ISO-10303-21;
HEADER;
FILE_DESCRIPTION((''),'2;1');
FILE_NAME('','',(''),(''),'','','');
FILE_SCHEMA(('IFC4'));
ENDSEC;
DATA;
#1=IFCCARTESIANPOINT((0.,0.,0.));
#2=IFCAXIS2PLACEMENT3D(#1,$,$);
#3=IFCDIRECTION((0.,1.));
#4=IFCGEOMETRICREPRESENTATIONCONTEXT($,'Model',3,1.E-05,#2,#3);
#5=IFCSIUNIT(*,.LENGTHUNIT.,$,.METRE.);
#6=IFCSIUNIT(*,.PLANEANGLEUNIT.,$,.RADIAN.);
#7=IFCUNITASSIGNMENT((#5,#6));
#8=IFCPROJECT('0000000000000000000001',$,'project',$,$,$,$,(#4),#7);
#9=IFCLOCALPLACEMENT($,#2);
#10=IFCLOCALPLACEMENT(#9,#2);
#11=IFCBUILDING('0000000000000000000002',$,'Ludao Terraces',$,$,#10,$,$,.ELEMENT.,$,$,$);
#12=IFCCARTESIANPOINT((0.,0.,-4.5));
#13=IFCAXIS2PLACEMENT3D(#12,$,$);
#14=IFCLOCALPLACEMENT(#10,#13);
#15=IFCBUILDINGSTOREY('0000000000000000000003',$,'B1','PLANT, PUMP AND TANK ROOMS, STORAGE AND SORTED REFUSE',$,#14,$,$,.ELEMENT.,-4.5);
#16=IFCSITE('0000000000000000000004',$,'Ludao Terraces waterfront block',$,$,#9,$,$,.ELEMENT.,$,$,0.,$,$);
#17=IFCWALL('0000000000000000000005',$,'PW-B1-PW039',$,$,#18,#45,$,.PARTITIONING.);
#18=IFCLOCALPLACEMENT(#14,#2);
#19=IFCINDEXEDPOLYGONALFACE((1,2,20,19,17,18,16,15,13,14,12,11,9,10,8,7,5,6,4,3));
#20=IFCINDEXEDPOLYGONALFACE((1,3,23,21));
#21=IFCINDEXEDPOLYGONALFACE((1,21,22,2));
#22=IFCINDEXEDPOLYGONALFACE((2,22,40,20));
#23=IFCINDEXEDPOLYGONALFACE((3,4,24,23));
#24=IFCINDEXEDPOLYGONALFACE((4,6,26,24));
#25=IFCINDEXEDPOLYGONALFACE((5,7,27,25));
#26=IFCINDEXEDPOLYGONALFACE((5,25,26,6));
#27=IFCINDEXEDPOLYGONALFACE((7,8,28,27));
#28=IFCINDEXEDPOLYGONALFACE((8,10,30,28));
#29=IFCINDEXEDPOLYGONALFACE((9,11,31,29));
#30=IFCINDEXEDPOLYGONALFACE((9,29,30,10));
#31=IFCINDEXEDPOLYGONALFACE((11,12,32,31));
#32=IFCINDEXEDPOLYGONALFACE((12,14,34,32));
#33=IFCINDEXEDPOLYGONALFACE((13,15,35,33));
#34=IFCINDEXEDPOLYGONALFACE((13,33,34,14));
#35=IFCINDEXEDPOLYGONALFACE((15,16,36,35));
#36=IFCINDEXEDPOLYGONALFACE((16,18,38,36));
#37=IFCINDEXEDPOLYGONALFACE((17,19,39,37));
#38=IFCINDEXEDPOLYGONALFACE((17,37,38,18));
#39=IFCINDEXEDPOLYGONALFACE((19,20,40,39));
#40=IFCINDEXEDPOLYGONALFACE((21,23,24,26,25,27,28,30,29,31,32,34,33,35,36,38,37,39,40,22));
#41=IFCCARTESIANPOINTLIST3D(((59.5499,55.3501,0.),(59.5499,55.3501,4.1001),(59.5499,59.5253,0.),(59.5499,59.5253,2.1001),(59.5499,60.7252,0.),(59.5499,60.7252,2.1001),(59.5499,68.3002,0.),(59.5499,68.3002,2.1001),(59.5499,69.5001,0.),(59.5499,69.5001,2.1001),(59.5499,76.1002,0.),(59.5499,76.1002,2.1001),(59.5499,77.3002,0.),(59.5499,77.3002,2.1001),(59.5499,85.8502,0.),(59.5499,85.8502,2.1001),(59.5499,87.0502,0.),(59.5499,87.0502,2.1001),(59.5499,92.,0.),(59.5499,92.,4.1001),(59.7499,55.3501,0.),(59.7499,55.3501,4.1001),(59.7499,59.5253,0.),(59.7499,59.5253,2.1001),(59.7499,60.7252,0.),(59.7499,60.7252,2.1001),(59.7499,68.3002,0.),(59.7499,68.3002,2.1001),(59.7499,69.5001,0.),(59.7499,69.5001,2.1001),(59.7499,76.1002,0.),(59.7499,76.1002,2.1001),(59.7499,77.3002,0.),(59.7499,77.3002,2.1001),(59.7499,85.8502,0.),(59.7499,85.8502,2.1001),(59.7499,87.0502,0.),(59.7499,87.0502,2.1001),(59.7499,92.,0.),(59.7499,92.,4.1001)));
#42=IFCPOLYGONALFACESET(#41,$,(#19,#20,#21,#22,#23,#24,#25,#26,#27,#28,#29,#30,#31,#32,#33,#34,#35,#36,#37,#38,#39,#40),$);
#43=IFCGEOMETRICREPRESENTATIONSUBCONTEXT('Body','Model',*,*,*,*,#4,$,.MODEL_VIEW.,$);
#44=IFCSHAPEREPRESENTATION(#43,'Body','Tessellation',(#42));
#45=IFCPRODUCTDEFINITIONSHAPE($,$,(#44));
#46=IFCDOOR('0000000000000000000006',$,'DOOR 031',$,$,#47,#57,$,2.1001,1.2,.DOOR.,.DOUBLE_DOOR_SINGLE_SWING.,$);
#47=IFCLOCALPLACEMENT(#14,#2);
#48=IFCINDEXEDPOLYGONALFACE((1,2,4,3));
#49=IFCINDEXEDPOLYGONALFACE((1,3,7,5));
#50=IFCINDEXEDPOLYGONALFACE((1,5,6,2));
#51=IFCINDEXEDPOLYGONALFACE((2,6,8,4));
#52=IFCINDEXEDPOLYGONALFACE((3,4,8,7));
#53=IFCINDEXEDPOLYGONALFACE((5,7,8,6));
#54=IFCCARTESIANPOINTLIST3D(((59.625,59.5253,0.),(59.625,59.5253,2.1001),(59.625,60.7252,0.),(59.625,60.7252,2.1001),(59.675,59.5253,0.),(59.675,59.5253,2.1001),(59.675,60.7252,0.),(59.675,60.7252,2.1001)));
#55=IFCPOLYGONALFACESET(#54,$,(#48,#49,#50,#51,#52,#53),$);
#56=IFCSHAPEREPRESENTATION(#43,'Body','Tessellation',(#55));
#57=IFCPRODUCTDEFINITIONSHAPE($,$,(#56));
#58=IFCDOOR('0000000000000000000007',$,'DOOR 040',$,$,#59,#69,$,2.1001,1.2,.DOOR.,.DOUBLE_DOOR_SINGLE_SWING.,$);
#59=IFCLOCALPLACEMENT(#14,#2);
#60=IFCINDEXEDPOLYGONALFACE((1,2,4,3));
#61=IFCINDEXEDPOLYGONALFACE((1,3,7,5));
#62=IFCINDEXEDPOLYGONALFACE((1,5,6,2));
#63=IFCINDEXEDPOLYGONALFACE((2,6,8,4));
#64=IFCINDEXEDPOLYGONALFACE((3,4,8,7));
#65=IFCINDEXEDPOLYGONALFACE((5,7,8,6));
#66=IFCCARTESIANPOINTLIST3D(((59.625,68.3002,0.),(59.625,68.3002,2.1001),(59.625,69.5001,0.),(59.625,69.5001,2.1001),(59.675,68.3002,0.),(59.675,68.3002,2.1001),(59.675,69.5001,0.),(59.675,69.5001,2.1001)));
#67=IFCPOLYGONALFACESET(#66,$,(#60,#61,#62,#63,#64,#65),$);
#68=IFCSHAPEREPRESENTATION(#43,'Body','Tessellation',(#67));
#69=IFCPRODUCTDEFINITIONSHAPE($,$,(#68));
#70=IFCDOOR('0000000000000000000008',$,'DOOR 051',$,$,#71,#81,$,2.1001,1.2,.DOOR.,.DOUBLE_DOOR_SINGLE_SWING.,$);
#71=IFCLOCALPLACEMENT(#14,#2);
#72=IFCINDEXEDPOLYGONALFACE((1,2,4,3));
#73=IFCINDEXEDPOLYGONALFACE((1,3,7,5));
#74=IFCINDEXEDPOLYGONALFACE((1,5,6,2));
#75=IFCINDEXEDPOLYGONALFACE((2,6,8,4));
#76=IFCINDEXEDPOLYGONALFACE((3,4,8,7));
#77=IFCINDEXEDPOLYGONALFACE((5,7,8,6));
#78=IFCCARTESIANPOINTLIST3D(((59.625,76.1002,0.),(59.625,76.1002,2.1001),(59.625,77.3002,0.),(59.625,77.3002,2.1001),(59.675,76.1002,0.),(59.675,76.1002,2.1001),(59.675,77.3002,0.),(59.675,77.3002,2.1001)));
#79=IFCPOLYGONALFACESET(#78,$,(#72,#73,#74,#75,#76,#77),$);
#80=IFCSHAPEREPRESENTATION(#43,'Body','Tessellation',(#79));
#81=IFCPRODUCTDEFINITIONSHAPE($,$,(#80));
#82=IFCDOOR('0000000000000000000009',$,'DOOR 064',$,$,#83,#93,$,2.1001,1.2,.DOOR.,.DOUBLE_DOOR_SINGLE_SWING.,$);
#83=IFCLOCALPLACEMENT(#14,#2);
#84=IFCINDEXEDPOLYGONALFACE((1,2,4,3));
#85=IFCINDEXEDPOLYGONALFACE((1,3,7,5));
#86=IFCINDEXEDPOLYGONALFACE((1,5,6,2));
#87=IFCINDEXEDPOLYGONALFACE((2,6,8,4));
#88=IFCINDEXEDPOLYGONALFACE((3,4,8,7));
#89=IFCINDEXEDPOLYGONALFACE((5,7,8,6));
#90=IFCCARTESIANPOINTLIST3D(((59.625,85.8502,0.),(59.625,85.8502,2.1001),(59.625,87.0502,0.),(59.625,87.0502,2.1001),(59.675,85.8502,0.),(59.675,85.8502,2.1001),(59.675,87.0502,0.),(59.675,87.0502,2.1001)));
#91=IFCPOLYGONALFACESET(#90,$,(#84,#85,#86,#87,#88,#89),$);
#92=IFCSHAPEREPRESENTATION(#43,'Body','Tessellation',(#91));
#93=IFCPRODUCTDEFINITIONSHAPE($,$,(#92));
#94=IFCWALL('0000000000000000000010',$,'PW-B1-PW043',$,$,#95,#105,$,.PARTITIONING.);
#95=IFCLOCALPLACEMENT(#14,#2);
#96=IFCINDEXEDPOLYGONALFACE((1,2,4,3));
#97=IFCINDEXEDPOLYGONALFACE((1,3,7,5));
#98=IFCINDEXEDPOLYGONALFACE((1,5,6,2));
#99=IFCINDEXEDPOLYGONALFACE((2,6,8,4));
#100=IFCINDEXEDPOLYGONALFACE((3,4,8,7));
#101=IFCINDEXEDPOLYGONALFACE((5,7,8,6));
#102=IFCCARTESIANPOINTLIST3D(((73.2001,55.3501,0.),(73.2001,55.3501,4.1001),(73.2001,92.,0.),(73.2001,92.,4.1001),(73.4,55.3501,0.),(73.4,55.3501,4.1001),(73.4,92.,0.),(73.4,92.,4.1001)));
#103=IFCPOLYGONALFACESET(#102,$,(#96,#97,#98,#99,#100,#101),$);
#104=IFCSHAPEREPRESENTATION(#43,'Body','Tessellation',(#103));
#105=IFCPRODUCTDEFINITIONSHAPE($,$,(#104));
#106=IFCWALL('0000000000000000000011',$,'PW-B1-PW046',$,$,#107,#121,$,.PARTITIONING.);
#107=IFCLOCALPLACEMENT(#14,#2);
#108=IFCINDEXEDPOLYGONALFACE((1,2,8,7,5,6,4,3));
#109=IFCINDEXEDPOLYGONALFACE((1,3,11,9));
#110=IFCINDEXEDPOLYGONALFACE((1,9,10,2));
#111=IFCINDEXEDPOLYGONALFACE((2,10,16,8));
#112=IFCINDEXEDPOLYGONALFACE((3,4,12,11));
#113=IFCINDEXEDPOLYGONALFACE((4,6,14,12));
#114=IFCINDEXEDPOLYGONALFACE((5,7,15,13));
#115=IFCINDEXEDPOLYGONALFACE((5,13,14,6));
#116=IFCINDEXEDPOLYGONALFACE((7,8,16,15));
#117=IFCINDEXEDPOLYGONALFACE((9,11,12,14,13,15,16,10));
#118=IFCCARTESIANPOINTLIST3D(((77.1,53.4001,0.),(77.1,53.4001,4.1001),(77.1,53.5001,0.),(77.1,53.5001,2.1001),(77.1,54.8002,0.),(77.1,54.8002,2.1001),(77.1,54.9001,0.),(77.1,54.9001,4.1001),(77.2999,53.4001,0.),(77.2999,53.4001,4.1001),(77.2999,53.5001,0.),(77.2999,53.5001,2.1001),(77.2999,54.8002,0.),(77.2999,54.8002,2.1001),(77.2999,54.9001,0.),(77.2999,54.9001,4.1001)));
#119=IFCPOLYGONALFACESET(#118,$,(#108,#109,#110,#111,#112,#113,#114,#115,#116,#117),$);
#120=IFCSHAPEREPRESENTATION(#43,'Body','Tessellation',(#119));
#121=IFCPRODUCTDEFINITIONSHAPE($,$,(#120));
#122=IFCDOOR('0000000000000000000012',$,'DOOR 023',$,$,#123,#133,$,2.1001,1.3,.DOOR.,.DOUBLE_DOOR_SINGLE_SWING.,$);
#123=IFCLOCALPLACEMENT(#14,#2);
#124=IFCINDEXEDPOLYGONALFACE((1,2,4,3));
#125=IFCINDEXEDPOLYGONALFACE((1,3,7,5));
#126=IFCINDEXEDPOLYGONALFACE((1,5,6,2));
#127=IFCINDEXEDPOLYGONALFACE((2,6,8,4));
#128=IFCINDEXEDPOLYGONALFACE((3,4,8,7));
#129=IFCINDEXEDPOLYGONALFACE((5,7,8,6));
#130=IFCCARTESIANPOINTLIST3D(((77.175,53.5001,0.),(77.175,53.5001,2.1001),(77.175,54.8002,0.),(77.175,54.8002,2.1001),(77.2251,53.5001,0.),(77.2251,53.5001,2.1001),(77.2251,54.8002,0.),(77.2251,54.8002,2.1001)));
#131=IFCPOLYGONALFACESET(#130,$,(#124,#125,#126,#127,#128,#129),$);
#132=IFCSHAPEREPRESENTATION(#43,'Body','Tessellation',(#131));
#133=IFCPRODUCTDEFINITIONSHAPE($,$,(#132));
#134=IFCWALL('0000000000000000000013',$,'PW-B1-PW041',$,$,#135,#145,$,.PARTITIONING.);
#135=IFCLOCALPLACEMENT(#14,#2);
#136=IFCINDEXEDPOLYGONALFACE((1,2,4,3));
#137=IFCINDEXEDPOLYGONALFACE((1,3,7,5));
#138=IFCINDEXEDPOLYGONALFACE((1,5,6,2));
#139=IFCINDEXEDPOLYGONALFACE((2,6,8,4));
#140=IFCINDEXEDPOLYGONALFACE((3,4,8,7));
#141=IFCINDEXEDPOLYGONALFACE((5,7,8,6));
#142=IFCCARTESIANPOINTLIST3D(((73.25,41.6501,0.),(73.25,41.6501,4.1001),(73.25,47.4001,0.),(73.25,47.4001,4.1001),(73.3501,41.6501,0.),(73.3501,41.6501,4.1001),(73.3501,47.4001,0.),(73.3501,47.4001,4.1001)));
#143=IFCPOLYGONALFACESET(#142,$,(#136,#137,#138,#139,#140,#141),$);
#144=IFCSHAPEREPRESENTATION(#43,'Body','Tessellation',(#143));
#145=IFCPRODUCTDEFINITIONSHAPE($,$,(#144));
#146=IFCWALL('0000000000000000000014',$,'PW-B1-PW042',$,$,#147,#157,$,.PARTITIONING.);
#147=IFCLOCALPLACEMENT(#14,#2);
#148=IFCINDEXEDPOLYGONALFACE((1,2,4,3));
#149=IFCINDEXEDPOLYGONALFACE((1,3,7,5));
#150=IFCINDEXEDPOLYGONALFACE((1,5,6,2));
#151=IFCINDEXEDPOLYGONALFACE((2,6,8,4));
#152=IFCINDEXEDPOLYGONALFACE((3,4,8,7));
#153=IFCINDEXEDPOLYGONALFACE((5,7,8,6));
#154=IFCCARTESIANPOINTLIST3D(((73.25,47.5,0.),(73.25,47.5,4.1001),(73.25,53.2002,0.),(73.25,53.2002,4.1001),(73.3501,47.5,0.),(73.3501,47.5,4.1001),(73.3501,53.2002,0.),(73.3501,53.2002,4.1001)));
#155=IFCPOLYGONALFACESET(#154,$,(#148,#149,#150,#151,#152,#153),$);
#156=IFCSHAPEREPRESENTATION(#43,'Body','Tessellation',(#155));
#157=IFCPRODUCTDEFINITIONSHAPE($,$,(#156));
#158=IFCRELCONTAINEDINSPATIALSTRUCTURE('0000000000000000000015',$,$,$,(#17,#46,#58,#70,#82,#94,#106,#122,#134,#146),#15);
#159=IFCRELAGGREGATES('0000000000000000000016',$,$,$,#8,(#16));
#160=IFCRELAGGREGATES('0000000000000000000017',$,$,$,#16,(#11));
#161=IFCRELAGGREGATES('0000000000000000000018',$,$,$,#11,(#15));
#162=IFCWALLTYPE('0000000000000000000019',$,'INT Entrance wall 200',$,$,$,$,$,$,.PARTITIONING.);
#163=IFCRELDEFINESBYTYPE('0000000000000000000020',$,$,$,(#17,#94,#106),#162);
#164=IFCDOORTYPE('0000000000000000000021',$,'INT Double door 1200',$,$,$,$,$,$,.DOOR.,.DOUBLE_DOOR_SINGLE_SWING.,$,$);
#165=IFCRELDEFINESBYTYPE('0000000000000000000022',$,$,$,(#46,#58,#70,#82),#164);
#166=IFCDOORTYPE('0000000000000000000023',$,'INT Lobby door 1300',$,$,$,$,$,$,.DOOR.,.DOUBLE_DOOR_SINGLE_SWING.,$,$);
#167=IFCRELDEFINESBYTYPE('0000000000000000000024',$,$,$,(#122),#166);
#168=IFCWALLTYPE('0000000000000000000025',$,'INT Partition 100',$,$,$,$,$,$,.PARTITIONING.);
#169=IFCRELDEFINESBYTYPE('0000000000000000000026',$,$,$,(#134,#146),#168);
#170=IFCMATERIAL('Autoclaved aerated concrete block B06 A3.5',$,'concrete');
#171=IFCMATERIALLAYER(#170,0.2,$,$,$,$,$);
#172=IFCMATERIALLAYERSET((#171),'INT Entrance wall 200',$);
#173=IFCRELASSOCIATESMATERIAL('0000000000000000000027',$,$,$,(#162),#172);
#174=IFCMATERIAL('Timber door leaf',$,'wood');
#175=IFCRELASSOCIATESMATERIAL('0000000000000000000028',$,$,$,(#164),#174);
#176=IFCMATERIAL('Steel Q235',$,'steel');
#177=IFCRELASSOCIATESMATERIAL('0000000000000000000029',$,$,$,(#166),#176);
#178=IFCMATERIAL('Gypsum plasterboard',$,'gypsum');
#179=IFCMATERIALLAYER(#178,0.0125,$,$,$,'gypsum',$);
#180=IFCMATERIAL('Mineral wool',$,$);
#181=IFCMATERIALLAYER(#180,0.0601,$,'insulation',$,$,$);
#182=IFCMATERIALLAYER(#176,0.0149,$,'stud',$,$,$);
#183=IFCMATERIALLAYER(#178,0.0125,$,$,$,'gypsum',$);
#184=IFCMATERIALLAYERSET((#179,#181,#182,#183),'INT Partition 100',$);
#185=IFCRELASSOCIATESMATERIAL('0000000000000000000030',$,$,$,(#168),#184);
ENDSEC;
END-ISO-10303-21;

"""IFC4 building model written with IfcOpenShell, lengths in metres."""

from ifc_helpers import new_model, si_unit, direction, frame, frame_2d, origin, place, context, subcontext, project, spatial, rectangle, extrude, material, layer, layer_set, type_object, element, fill, save


model = new_model("IFC4")

# Units and contexts
model_context = context("Model", 3, precision=1e-05, world=origin(), true_north=direction((0.0, 1.0)))
body_context = subcontext(model_context, "Body", "Model", "MODEL_VIEW")
ifc_project = project(units=[si_unit("LENGTHUNIT", "METRE"), si_unit("PLANEANGLEUNIT", "RADIAN")], contexts=[model_context])

# Site, building, storey
site_placement = place(None, origin())
site = spatial("IfcSite", under=ifc_project, at=site_placement, Name="Ludao Terraces waterfront block", CompositionType="ELEMENT", RefElevation=0.0)
building_placement = place(site_placement, origin())
building = spatial("IfcBuilding", under=site, at=building_placement, Name="Ludao Terraces", CompositionType="ELEMENT")
storey_placement = place(building_placement, frame((0.0, 0.0, -4.5)))
storey = spatial("IfcBuildingStorey", under=building, at=storey_placement, Name="B1", Description="PLANT, PUMP AND TANK ROOMS, STORAGE AND SORTED REFUSE", CompositionType="ELEMENT", Elevation=-4.5)

# Shared definitions
ifc_material_1 = material(Name="Steel Q235", Category="steel")
ifc_material_2 = material(Name="Timber door leaf", Category="wood")

# Wall, openings, doors
ifc_material_3 = material(Name="Autoclaved aerated concrete block B06 A3.5", Category="concrete")
ifc_layer_1 = layer(ifc_material_3, 0.2)
ifc_layer_set_1 = layer_set([ifc_layer_1], Name="INT Entrance wall 200")
wall_type_1 = type_object("IfcWallType", Name="INT Entrance wall 200", PredefinedType="PARTITIONING", material=ifc_layer_set_1)
wall_1_placement = place(storey_placement, frame((59.6499, 55.3501, 0.0), z_axis=(0.0, 0.0, 1.0), x_axis=(0.0, 1.0, 0.0)))
wall_1 = element("IfcWall", 1, at=wall_1_placement, inside=storey, type_object=wall_type_1, Name="PW-B1-PW039", PredefinedType="PARTITIONING", context=body_context, shape_type="SweptSolid", body=[
    extrude(rectangle(XDim=36.6499, YDim=0.2, at=frame_2d((18.325, 0.0))), origin(), (0.0, 0.0, 1.0), 4.1001),
])
opening_1_placement = place(wall_1_placement, frame((4.175, 0.0, 0.0)))
opening_1 = element("IfcOpeningElement", 2, at=opening_1_placement, cuts=wall_1, PredefinedType="OPENING", context=body_context, shape_type="SweptSolid", body=[
    extrude(rectangle(XDim=1.2, YDim=2.1001, at=frame_2d((0.6001, 1.05))), frame((0.0, 0.1099, 0.0), z_axis=(0.0, -1.0, 0.0), x_axis=(1.0, 0.0, 0.0)), (0.0, 0.0, 1.0), 0.22),
])
opening_2_placement = place(wall_1_placement, frame((12.95, 0.0, 0.0)))
opening_2 = element("IfcOpeningElement", 3, at=opening_2_placement, cuts=wall_1, PredefinedType="OPENING", context=body_context, shape_type="SweptSolid", body=[
    extrude(rectangle(XDim=1.2, YDim=2.1001, at=frame_2d((0.6001, 1.05))), frame((0.0, 0.1099, 0.0), z_axis=(0.0, -1.0, 0.0), x_axis=(1.0, 0.0, 0.0)), (0.0, 0.0, 1.0), 0.22),
])
opening_3_placement = place(wall_1_placement, frame((20.75, 0.0, 0.0)))
opening_3 = element("IfcOpeningElement", 4, at=opening_3_placement, cuts=wall_1, PredefinedType="OPENING", context=body_context, shape_type="SweptSolid", body=[
    extrude(rectangle(XDim=1.2, YDim=2.1001, at=frame_2d((0.6001, 1.05))), frame((0.0, 0.1099, 0.0), z_axis=(0.0, -1.0, 0.0), x_axis=(1.0, 0.0, 0.0)), (0.0, 0.0, 1.0), 0.22),
])
opening_4_placement = place(wall_1_placement, frame((30.5, 0.0, 0.0)))
opening_4 = element("IfcOpeningElement", 5, at=opening_4_placement, cuts=wall_1, PredefinedType="OPENING", context=body_context, shape_type="SweptSolid", body=[
    extrude(rectangle(XDim=1.2, YDim=2.1001, at=frame_2d((0.6001, 1.05))), frame((0.0, 0.1099, 0.0), z_axis=(0.0, -1.0, 0.0), x_axis=(1.0, 0.0, 0.0)), (0.0, 0.0, 1.0), 0.22),
])
door_type_1 = type_object("IfcDoorType", Name="INT Double door 1200", OperationType="DOUBLE_DOOR_SINGLE_SWING", PredefinedType="DOOR", material=ifc_material_2)
door_1_placement = place(opening_1_placement, origin())
door_1 = element("IfcDoor", 6, at=door_1_placement, inside=storey, type_object=door_type_1, Name="DOOR 031", OperationType="DOUBLE_DOOR_SINGLE_SWING", OverallHeight=2.1001, OverallWidth=1.2, PredefinedType="DOOR", context=body_context, shape_type="SweptSolid", body=[
    extrude(rectangle(XDim=1.2, YDim=2.1001, at=frame_2d((0.6001, 1.05))), frame((0.0, 0.0249, 0.0), z_axis=(0.0, -1.0, 0.0), x_axis=(1.0, 0.0, 0.0)), (0.0, 0.0, 1.0), 0.05),
])
fill(opening_1, door_1)
door_2_placement = place(opening_2_placement, origin())
door_2 = element("IfcDoor", 7, at=door_2_placement, inside=storey, type_object=door_type_1, Name="DOOR 040", OperationType="DOUBLE_DOOR_SINGLE_SWING", OverallHeight=2.1001, OverallWidth=1.2, PredefinedType="DOOR", context=body_context, shape_type="SweptSolid", body=[
    extrude(rectangle(XDim=1.2, YDim=2.1001, at=frame_2d((0.6001, 1.05))), frame((0.0, 0.0249, 0.0), z_axis=(0.0, -1.0, 0.0), x_axis=(1.0, 0.0, 0.0)), (0.0, 0.0, 1.0), 0.05),
])
fill(opening_2, door_2)
door_3_placement = place(opening_3_placement, origin())
door_3 = element("IfcDoor", 8, at=door_3_placement, inside=storey, type_object=door_type_1, Name="DOOR 051", OperationType="DOUBLE_DOOR_SINGLE_SWING", OverallHeight=2.1001, OverallWidth=1.2, PredefinedType="DOOR", context=body_context, shape_type="SweptSolid", body=[
    extrude(rectangle(XDim=1.2, YDim=2.1001, at=frame_2d((0.6001, 1.05))), frame((0.0, 0.0249, 0.0), z_axis=(0.0, -1.0, 0.0), x_axis=(1.0, 0.0, 0.0)), (0.0, 0.0, 1.0), 0.05),
])
fill(opening_3, door_3)
door_4_placement = place(opening_4_placement, origin())
door_4 = element("IfcDoor", 9, at=door_4_placement, inside=storey, type_object=door_type_1, Name="DOOR 064", OperationType="DOUBLE_DOOR_SINGLE_SWING", OverallHeight=2.1001, OverallWidth=1.2, PredefinedType="DOOR", context=body_context, shape_type="SweptSolid", body=[
    extrude(rectangle(XDim=1.2, YDim=2.1001, at=frame_2d((0.6001, 1.05))), frame((0.0, 0.0249, 0.0), z_axis=(0.0, -1.0, 0.0), x_axis=(1.0, 0.0, 0.0)), (0.0, 0.0, 1.0), 0.05),
])
fill(opening_4, door_4)

# Wall
wall_2_placement = place(storey_placement, frame((73.3, 55.3501, 0.0), z_axis=(0.0, 0.0, 1.0), x_axis=(0.0, 1.0, 0.0)))
element("IfcWall", 10, at=wall_2_placement, inside=storey, type_object=wall_type_1, Name="PW-B1-PW043", PredefinedType="PARTITIONING", context=body_context, shape_type="SweptSolid", body=[
    extrude(rectangle(XDim=36.6499, YDim=0.2, at=frame_2d((18.325, 0.0))), origin(), (0.0, 0.0, 1.0), 4.1001),
])

# Wall, opening, door
wall_3_placement = place(storey_placement, frame((77.2, 53.4001, 0.0), z_axis=(0.0, 0.0, 1.0), x_axis=(0.0, 1.0, 0.0)))
wall_3 = element("IfcWall", 11, at=wall_3_placement, inside=storey, type_object=wall_type_1, Name="PW-B1-PW046", PredefinedType="PARTITIONING", context=body_context, shape_type="SweptSolid", body=[
    extrude(rectangle(XDim=1.5, YDim=0.2, at=frame_2d((0.75, 0.0))), origin(), (0.0, 0.0, 1.0), 4.1001),
])
opening_5_placement = place(wall_3_placement, frame((0.1001, 0.0, 0.0)))
opening_5 = element("IfcOpeningElement", 12, at=opening_5_placement, cuts=wall_3, PredefinedType="OPENING", context=body_context, shape_type="SweptSolid", body=[
    extrude(rectangle(XDim=1.3, YDim=2.1001, at=frame_2d((0.6499, 1.05))), frame((0.0, 0.1099, 0.0), z_axis=(0.0, -1.0, 0.0), x_axis=(1.0, 0.0, 0.0)), (0.0, 0.0, 1.0), 0.22),
])
door_type_2 = type_object("IfcDoorType", Name="INT Lobby door 1300", OperationType="DOUBLE_DOOR_SINGLE_SWING", PredefinedType="DOOR", material=ifc_material_1)
door_5_placement = place(opening_5_placement, origin())
door_5 = element("IfcDoor", 13, at=door_5_placement, inside=storey, type_object=door_type_2, Name="DOOR 023", OperationType="DOUBLE_DOOR_SINGLE_SWING", OverallHeight=2.1001, OverallWidth=1.3, PredefinedType="DOOR", context=body_context, shape_type="SweptSolid", body=[
    extrude(rectangle(XDim=1.3, YDim=2.1001, at=frame_2d((0.6499, 1.05))), frame((0.0, 0.0249, 0.0), z_axis=(0.0, -1.0, 0.0), x_axis=(1.0, 0.0, 0.0)), (0.0, 0.0, 1.0), 0.05),
])
fill(opening_5, door_5)

# Walls
ifc_material_4 = material(Name="Gypsum plasterboard", Category="gypsum")
ifc_layer_2 = layer(ifc_material_4, 0.0125, Category="gypsum")
ifc_material_5 = material(Name="Mineral wool")
ifc_layer_3 = layer(ifc_material_5, 0.0601, Name="insulation")
ifc_layer_4 = layer(ifc_material_1, 0.0149, Name="stud")
ifc_layer_5 = layer(ifc_material_4, 0.0125, Category="gypsum")
ifc_layer_set_2 = layer_set([ifc_layer_2, ifc_layer_3, ifc_layer_4, ifc_layer_5], Name="INT Partition 100")
wall_type_2 = type_object("IfcWallType", Name="INT Partition 100", PredefinedType="PARTITIONING", material=ifc_layer_set_2)
wall_4_placement = place(storey_placement, frame((73.3, 41.6501, 0.0), z_axis=(0.0, 0.0, 1.0), x_axis=(0.0, 1.0, 0.0)))
element("IfcWall", 14, at=wall_4_placement, inside=storey, type_object=wall_type_2, Name="PW-B1-PW041", PredefinedType="PARTITIONING", context=body_context, shape_type="SweptSolid", body=[
    extrude(rectangle(XDim=5.75, YDim=0.1001, at=frame_2d((2.875, 0.0))), origin(), (0.0, 0.0, 1.0), 4.1001),
])
wall_5_placement = place(storey_placement, frame((73.3, 47.5, 0.0), z_axis=(0.0, 0.0, 1.0), x_axis=(0.0, 1.0, 0.0)))
element("IfcWall", 15, at=wall_5_placement, inside=storey, type_object=wall_type_2, Name="PW-B1-PW042", PredefinedType="PARTITIONING", context=body_context, shape_type="SweptSolid", body=[
    extrude(rectangle(XDim=5.7002, YDim=0.1001, at=frame_2d((2.8501, 0.0))), origin(), (0.0, 0.0, 1.0), 4.1001),
])

save(model, "model.ifc")
